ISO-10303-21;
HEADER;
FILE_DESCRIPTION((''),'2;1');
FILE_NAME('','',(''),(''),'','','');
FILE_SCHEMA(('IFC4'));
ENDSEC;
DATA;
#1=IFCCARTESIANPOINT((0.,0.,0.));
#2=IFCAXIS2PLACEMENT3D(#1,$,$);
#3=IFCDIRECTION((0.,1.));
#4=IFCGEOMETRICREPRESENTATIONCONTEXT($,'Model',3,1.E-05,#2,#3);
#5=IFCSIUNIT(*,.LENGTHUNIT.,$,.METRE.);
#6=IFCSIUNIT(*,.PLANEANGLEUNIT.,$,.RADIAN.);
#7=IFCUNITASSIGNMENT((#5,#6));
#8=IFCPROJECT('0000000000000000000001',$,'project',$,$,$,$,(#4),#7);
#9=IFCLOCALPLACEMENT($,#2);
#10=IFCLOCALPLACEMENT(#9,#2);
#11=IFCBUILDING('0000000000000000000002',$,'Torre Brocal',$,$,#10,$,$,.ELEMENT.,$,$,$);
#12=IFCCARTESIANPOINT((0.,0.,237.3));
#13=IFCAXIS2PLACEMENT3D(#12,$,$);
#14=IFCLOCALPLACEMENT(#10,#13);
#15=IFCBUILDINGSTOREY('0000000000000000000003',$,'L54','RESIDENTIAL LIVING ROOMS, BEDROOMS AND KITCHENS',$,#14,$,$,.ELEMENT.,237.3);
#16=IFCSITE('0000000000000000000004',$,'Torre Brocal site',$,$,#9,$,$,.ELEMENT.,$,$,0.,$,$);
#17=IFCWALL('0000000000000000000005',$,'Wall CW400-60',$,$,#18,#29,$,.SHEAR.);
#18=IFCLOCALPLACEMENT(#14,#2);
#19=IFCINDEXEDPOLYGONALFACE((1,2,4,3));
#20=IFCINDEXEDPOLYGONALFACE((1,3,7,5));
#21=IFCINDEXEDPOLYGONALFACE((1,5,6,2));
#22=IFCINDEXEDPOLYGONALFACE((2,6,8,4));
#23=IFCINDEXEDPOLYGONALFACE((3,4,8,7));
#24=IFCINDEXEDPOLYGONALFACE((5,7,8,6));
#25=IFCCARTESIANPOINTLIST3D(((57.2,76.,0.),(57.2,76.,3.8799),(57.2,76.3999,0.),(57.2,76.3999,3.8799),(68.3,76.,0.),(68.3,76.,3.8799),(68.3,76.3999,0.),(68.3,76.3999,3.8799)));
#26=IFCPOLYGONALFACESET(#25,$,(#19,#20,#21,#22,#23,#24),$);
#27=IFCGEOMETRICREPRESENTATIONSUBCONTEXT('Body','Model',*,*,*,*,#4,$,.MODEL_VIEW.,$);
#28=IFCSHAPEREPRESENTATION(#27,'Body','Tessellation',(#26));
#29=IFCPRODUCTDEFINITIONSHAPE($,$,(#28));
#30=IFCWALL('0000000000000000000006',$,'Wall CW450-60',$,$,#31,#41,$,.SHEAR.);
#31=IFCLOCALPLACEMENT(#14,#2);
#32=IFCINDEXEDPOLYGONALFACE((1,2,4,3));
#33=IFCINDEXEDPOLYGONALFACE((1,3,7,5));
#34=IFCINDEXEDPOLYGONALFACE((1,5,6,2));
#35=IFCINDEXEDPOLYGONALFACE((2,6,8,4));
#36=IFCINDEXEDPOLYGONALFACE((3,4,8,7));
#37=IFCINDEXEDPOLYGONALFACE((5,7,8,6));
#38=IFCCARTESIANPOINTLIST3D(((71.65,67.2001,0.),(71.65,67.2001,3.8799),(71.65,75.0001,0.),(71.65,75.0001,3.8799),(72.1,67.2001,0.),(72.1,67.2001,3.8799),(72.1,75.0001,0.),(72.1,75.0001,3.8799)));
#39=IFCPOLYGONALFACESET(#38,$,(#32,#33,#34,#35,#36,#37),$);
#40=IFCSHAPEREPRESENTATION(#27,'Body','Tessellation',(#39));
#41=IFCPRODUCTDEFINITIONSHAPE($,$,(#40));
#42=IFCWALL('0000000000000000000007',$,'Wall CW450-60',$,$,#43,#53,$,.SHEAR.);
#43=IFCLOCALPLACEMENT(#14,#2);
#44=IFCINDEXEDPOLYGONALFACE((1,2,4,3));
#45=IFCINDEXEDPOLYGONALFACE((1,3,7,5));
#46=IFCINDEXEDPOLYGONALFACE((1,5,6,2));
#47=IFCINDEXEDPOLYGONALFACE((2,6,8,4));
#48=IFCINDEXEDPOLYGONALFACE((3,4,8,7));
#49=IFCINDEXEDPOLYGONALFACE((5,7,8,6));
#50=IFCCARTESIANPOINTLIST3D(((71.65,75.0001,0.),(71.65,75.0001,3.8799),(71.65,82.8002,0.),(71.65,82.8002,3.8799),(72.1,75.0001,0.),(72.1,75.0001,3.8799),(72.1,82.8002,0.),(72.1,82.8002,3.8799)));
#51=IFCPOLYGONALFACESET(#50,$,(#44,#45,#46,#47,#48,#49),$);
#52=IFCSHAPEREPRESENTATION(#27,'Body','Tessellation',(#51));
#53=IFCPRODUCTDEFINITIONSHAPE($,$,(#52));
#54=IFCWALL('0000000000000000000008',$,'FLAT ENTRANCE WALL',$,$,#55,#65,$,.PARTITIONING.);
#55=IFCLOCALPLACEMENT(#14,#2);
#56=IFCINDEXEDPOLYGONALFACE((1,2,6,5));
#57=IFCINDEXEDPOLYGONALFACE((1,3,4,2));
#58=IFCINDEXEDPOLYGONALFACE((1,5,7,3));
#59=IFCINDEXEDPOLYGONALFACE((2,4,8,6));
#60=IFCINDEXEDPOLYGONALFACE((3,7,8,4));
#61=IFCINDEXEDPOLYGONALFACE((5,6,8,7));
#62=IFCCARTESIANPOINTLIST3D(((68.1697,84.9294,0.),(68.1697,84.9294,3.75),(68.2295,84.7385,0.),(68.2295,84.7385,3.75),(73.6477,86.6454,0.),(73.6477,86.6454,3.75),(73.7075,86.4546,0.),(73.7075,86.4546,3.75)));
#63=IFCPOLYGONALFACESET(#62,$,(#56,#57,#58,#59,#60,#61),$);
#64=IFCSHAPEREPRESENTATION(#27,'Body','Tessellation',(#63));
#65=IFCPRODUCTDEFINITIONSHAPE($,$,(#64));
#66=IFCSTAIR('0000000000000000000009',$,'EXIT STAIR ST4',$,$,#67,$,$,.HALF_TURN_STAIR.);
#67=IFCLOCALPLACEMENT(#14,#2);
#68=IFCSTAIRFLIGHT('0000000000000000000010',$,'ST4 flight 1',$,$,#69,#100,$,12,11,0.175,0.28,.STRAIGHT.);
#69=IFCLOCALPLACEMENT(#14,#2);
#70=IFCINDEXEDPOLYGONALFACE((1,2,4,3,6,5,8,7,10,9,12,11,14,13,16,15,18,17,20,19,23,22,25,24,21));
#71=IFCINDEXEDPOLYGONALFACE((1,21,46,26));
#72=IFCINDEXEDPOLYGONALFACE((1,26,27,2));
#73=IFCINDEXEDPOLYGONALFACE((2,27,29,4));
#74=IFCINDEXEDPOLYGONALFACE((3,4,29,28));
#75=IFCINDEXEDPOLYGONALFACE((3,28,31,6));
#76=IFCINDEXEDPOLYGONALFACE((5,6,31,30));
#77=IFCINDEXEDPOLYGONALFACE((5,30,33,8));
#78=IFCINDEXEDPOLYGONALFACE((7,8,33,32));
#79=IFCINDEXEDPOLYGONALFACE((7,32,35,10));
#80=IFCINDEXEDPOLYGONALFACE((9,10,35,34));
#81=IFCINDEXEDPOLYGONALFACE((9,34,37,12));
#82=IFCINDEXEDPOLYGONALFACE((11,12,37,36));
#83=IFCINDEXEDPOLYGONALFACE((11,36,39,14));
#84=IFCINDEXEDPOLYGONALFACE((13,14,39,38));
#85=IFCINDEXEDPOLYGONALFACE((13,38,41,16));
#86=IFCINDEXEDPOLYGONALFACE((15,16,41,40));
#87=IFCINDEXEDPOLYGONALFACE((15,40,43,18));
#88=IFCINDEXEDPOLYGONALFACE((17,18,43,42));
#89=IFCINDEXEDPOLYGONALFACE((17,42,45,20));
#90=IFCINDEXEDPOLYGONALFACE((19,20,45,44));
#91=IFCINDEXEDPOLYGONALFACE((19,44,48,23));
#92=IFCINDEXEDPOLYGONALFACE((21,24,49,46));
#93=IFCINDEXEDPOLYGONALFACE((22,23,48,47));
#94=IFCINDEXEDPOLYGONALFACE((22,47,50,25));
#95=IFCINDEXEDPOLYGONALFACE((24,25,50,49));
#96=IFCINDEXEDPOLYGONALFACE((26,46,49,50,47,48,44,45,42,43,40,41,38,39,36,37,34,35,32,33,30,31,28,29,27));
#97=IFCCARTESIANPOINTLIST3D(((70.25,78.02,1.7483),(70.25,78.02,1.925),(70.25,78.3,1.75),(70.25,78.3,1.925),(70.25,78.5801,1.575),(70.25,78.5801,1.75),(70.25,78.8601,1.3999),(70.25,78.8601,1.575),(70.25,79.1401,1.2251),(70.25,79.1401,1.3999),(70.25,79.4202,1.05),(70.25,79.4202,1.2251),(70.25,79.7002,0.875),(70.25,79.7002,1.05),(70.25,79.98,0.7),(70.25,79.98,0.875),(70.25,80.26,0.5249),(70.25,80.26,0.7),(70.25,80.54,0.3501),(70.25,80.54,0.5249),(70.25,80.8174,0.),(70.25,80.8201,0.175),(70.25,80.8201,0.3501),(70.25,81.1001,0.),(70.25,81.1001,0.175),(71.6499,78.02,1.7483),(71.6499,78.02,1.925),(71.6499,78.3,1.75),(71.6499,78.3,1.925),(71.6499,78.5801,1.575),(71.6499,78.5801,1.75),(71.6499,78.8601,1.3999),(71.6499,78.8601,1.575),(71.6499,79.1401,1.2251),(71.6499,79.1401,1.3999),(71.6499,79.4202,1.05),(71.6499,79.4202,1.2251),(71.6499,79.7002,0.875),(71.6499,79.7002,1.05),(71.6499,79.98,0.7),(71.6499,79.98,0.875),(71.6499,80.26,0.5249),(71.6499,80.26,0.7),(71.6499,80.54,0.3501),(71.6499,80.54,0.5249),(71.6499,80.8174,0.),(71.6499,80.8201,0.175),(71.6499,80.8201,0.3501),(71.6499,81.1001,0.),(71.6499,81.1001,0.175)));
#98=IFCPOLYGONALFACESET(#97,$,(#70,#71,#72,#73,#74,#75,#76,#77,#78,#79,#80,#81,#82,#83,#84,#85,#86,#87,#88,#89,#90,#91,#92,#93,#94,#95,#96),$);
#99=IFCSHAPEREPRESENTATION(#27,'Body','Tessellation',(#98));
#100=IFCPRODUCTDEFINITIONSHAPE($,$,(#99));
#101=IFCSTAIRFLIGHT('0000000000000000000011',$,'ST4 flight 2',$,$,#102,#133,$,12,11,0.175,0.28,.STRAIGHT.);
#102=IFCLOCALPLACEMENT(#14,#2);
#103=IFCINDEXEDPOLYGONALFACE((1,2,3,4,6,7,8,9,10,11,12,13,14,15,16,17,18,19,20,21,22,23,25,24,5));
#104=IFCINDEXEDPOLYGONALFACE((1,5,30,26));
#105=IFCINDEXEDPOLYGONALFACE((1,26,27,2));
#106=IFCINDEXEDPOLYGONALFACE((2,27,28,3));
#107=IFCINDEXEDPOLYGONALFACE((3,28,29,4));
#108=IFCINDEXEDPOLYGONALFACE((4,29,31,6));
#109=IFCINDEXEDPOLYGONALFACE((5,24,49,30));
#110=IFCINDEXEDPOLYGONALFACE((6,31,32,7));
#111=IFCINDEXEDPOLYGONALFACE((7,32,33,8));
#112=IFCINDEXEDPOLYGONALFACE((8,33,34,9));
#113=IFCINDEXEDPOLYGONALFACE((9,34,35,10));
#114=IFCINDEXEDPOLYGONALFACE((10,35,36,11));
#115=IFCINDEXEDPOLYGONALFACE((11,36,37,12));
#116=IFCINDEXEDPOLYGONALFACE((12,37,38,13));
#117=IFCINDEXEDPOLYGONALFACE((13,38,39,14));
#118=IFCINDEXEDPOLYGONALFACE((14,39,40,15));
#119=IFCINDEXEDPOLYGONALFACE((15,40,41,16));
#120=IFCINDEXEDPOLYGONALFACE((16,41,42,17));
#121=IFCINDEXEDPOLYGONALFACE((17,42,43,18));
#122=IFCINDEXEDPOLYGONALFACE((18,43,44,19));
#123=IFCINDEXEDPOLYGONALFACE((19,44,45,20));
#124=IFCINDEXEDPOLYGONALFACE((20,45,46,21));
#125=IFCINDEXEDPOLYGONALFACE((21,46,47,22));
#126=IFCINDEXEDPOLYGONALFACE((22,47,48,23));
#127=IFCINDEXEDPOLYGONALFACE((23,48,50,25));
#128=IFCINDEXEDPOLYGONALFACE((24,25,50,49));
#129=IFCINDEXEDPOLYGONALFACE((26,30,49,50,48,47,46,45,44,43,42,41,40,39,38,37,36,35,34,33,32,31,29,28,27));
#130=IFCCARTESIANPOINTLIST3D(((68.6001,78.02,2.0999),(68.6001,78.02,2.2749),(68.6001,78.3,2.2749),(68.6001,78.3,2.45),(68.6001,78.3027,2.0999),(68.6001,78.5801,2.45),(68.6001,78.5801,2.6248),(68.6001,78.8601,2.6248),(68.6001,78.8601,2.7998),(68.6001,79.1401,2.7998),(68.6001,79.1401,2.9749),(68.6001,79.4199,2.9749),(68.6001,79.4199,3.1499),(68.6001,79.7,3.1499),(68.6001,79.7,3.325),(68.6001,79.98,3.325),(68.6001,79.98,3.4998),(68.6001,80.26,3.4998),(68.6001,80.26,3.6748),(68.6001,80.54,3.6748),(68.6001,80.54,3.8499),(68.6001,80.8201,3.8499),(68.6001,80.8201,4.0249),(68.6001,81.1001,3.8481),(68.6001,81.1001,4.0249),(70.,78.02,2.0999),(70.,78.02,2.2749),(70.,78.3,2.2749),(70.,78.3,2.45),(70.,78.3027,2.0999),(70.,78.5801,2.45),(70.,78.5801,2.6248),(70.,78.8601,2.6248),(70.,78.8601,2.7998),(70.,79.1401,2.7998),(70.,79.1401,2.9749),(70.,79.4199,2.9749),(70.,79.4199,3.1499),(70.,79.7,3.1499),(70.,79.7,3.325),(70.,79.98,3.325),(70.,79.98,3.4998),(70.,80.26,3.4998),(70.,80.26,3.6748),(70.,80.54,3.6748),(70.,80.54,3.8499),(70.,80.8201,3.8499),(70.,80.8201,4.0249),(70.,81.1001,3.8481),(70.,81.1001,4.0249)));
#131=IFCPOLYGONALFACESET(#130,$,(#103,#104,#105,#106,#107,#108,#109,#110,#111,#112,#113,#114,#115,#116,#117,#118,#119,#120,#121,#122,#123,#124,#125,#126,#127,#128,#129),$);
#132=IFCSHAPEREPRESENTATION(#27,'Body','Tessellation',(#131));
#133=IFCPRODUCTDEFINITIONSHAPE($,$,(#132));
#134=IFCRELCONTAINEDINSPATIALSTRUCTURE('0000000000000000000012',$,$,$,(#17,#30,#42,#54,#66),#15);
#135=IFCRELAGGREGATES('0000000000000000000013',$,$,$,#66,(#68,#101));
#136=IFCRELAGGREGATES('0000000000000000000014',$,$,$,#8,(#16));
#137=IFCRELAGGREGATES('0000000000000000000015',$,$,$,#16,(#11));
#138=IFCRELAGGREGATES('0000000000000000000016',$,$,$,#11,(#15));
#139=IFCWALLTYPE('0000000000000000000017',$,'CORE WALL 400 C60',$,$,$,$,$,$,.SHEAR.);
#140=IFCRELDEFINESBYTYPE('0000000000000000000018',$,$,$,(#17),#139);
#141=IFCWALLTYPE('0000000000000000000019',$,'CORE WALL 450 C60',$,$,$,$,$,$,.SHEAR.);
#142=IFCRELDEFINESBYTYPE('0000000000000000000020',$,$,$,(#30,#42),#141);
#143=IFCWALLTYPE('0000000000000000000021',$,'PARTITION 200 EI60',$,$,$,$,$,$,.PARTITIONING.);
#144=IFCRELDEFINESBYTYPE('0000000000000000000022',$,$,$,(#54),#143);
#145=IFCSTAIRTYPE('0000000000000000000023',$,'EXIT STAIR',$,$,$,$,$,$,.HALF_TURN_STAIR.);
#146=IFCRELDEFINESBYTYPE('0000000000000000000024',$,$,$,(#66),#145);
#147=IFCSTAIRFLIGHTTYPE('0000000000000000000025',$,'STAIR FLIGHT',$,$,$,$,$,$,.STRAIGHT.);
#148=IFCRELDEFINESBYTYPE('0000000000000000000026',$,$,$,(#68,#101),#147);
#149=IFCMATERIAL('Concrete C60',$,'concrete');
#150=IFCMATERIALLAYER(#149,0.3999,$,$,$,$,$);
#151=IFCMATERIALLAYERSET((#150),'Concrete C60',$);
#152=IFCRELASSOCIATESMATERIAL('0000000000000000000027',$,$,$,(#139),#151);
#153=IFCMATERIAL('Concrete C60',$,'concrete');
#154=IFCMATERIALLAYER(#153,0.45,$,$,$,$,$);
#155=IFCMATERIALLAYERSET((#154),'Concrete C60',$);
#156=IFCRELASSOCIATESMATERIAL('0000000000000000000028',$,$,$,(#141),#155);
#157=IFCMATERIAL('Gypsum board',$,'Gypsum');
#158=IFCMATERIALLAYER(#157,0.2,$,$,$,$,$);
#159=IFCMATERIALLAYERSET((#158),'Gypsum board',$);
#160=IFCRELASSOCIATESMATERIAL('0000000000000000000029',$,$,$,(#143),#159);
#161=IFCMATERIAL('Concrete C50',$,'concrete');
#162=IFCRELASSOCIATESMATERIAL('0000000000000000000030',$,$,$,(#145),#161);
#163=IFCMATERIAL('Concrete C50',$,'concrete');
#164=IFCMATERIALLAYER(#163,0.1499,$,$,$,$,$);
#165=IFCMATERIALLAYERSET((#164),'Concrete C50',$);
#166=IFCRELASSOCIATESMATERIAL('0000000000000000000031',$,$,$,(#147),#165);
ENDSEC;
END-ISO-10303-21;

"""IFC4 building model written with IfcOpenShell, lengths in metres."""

from ifc_helpers import new_model, si_unit, direction, frame, frame_2d, origin, place, context, subcontext, project, spatial, polyline, rectangle, outline, extrude, material, layer, layer_set, type_object, element, aggregate, save


model = new_model("IFC4")

# Units and contexts
model_context = context("Model", 3, precision=1e-05, world=origin(), true_north=direction((0.0, 1.0)))
body_context = subcontext(model_context, "Body", "Model", "MODEL_VIEW")
ifc_project = project(units=[si_unit("LENGTHUNIT", "METRE"), si_unit("PLANEANGLEUNIT", "RADIAN")], contexts=[model_context])

# Site, building, storey
site_placement = place(None, origin())
site = spatial("IfcSite", under=ifc_project, at=site_placement, Name="Torre Brocal site", CompositionType="ELEMENT", RefElevation=0.0)
building_placement = place(site_placement, origin())
building = spatial("IfcBuilding", under=site, at=building_placement, Name="Torre Brocal", CompositionType="ELEMENT")
storey_placement = place(building_placement, frame((0.0, 0.0, 237.3)))
storey = spatial("IfcBuildingStorey", under=building, at=storey_placement, Name="L54", Description="RESIDENTIAL LIVING ROOMS, BEDROOMS AND KITCHENS", CompositionType="ELEMENT", Elevation=237.3)

# Walls
ifc_material_1 = material(Name="Concrete C60", Category="concrete")
ifc_layer_1 = layer(ifc_material_1, 0.3999)
ifc_layer_set_1 = layer_set([ifc_layer_1], Name="Concrete C60")
wall_type_1 = type_object("IfcWallType", Name="CORE WALL 400 C60", PredefinedType="SHEAR", material=ifc_layer_set_1)
wall_1_placement = place(storey_placement, frame((68.3, 76.2, 0.0), z_axis=(0.0, 0.0, 1.0), x_axis=(-1.0, 0.0, 0.0)))
element("IfcWall", 1, at=wall_1_placement, inside=storey, type_object=wall_type_1, Name="Wall CW400-60", PredefinedType="SHEAR", context=body_context, shape_type="SweptSolid", body=[
    extrude(rectangle(XDim=11.1001, YDim=0.3999, at=frame_2d((5.55, 0.0))), origin(), (0.0, 0.0, 1.0), 3.8799),
])
ifc_material_2 = material(Name="Concrete C60", Category="concrete")
ifc_layer_2 = layer(ifc_material_2, 0.45)
ifc_layer_set_2 = layer_set([ifc_layer_2], Name="Concrete C60")
wall_type_2 = type_object("IfcWallType", Name="CORE WALL 450 C60", PredefinedType="SHEAR", material=ifc_layer_set_2)
for number, where, z_axis, x_axis, name in (
    (2, (71.875, 75.0, 0.0), (0.0, 0.0, 1.0), (0.0, -1.0, 0.0), "Wall CW450-60"),
    (3, (71.875, 82.8, 0.0), (0.0, 0.0, 1.0), (0.0, -1.0, 0.0), "Wall CW450-60"),
):
    element("IfcWall", number, at=place(storey_placement, frame(where, z_axis=z_axis, x_axis=x_axis)), inside=storey, type_object=wall_type_2, Name=name, PredefinedType="SHEAR", context=body_context, shape_type="SweptSolid", body=[
        extrude(rectangle(XDim=7.8, YDim=0.45, at=frame_2d((3.8999, 0.0))), origin(), (0.0, 0.0, 1.0), 3.8799),
    ])
ifc_material_3 = material(Name="Gypsum board", Category="Gypsum")
ifc_layer_3 = layer(ifc_material_3, 0.2)
ifc_layer_set_3 = layer_set([ifc_layer_3], Name="Gypsum board")
wall_type_3 = type_object("IfcWallType", Name="PARTITION 200 EI60", PredefinedType="PARTITIONING", material=ifc_layer_set_3)
wall_2_placement = place(storey_placement, frame((68.1997, 84.834, 0.0), z_axis=(0.0, 0.0, 1.0), x_axis=(0.954272, 0.298938, 0.0)))
element("IfcWall", 4, at=wall_2_placement, inside=storey, type_object=wall_type_3, Name="FLAT ENTRANCE WALL", PredefinedType="PARTITIONING", context=body_context, shape_type="SweptSolid", body=[
    extrude(rectangle(XDim=5.7405, YDim=0.2, at=frame_2d((2.8701, 0.0))), origin(), (0.0, 0.0, 1.0), 3.75),
])

# Stair, stair flights
ifc_material_4 = material(Name="Concrete C50", Category="concrete")
stair_type = type_object("IfcStairType", Name="EXIT STAIR", PredefinedType="HALF_TURN_STAIR", material=ifc_material_4)
stair_placement = place(storey_placement, origin())
stair = element("IfcStair", 5, at=stair_placement, inside=storey, type_object=stair_type, Name="EXIT STAIR ST4", PredefinedType="HALF_TURN_STAIR")
ifc_material_5 = material(Name="Concrete C50", Category="concrete")
ifc_layer_4 = layer(ifc_material_5, 0.1499)
ifc_layer_set_4 = layer_set([ifc_layer_4], Name="Concrete C50")
stair_flight_type = type_object("IfcStairFlightType", Name="STAIR FLIGHT", PredefinedType="STRAIGHT", material=ifc_layer_set_4)
stair_flight_1_placement = place(storey_placement, frame((70.95, 81.1001, 0.0), z_axis=(0.0, 0.0, 1.0), x_axis=(0.0, -1.0, 0.0)))
stair_flight_1 = element("IfcStairFlight", 6, at=stair_flight_1_placement, type_object=stair_flight_type, Name="ST4 flight 1", NumberOfRisers=12, NumberOfTreads=11, PredefinedType="STRAIGHT", RiserHeight=0.175, TreadLength=0.28, context=body_context, shape_type="SweptSolid", body=[
    extrude(outline(polyline([(0.0, 0.0), (0.0, 0.175), (0.28, 0.175), (0.28, 0.3501), (0.5601, 0.3501), (0.5601, 0.5249), (0.8401, 0.5249), (0.8401, 0.7), (1.1201, 0.7), (1.1201, 0.875), (1.3999, 0.875), (1.3999, 1.05), (1.6799, 1.05), (1.6799, 1.2251), (1.96, 1.2251), (1.96, 1.3999), (2.24, 1.3999), (2.24, 1.575), (2.52, 1.575), (2.52, 1.75), (2.8, 1.75), (2.8, 1.925), (3.0801, 1.925), (3.0801, 2.1001), (3.0801, 1.7483), (0.2827, 0.0), (0.0, 0.0)])), frame((0.0, 0.7, 0.0), z_axis=(0.0, -1.0, 0.0), x_axis=(1.0, 0.0, 0.0)), (0.0, 0.0, 1.0), 1.3999),
])
stair_flight_2_placement = place(storey_placement, frame((69.3, 78.02, 2.0999), z_axis=(0.0, 0.0, 1.0), x_axis=(0.0, 1.0, 0.0)))
stair_flight_2 = element("IfcStairFlight", 7, at=stair_flight_2_placement, type_object=stair_flight_type, Name="ST4 flight 2", NumberOfRisers=12, NumberOfTreads=11, PredefinedType="STRAIGHT", RiserHeight=0.175, TreadLength=0.28, context=body_context, shape_type="SweptSolid", body=[
    extrude(outline(polyline([(0.0, 0.0), (0.0, 0.175), (0.28, 0.175), (0.28, 0.3501), (0.5601, 0.3501), (0.5601, 0.5249), (0.8401, 0.5249), (0.8401, 0.7), (1.1201, 0.7), (1.1201, 0.875), (1.3999, 0.875), (1.3999, 1.05), (1.6799, 1.05), (1.6799, 1.2251), (1.96, 1.2251), (1.96, 1.3999), (2.24, 1.3999), (2.24, 1.575), (2.52, 1.575), (2.52, 1.75), (2.8, 1.75), (2.8, 1.925), (3.0801, 1.925), (3.0801, 2.1001), (3.0801, 1.7483), (0.2827, 0.0), (0.0, 0.0)])), frame((0.0, 0.7, 0.0), z_axis=(0.0, -1.0, 0.0), x_axis=(1.0, 0.0, 0.0)), (0.0, 0.0, 1.0), 1.3999),
])
aggregate(stair, [stair_flight_1, stair_flight_2])

save(model, "model.ifc")
